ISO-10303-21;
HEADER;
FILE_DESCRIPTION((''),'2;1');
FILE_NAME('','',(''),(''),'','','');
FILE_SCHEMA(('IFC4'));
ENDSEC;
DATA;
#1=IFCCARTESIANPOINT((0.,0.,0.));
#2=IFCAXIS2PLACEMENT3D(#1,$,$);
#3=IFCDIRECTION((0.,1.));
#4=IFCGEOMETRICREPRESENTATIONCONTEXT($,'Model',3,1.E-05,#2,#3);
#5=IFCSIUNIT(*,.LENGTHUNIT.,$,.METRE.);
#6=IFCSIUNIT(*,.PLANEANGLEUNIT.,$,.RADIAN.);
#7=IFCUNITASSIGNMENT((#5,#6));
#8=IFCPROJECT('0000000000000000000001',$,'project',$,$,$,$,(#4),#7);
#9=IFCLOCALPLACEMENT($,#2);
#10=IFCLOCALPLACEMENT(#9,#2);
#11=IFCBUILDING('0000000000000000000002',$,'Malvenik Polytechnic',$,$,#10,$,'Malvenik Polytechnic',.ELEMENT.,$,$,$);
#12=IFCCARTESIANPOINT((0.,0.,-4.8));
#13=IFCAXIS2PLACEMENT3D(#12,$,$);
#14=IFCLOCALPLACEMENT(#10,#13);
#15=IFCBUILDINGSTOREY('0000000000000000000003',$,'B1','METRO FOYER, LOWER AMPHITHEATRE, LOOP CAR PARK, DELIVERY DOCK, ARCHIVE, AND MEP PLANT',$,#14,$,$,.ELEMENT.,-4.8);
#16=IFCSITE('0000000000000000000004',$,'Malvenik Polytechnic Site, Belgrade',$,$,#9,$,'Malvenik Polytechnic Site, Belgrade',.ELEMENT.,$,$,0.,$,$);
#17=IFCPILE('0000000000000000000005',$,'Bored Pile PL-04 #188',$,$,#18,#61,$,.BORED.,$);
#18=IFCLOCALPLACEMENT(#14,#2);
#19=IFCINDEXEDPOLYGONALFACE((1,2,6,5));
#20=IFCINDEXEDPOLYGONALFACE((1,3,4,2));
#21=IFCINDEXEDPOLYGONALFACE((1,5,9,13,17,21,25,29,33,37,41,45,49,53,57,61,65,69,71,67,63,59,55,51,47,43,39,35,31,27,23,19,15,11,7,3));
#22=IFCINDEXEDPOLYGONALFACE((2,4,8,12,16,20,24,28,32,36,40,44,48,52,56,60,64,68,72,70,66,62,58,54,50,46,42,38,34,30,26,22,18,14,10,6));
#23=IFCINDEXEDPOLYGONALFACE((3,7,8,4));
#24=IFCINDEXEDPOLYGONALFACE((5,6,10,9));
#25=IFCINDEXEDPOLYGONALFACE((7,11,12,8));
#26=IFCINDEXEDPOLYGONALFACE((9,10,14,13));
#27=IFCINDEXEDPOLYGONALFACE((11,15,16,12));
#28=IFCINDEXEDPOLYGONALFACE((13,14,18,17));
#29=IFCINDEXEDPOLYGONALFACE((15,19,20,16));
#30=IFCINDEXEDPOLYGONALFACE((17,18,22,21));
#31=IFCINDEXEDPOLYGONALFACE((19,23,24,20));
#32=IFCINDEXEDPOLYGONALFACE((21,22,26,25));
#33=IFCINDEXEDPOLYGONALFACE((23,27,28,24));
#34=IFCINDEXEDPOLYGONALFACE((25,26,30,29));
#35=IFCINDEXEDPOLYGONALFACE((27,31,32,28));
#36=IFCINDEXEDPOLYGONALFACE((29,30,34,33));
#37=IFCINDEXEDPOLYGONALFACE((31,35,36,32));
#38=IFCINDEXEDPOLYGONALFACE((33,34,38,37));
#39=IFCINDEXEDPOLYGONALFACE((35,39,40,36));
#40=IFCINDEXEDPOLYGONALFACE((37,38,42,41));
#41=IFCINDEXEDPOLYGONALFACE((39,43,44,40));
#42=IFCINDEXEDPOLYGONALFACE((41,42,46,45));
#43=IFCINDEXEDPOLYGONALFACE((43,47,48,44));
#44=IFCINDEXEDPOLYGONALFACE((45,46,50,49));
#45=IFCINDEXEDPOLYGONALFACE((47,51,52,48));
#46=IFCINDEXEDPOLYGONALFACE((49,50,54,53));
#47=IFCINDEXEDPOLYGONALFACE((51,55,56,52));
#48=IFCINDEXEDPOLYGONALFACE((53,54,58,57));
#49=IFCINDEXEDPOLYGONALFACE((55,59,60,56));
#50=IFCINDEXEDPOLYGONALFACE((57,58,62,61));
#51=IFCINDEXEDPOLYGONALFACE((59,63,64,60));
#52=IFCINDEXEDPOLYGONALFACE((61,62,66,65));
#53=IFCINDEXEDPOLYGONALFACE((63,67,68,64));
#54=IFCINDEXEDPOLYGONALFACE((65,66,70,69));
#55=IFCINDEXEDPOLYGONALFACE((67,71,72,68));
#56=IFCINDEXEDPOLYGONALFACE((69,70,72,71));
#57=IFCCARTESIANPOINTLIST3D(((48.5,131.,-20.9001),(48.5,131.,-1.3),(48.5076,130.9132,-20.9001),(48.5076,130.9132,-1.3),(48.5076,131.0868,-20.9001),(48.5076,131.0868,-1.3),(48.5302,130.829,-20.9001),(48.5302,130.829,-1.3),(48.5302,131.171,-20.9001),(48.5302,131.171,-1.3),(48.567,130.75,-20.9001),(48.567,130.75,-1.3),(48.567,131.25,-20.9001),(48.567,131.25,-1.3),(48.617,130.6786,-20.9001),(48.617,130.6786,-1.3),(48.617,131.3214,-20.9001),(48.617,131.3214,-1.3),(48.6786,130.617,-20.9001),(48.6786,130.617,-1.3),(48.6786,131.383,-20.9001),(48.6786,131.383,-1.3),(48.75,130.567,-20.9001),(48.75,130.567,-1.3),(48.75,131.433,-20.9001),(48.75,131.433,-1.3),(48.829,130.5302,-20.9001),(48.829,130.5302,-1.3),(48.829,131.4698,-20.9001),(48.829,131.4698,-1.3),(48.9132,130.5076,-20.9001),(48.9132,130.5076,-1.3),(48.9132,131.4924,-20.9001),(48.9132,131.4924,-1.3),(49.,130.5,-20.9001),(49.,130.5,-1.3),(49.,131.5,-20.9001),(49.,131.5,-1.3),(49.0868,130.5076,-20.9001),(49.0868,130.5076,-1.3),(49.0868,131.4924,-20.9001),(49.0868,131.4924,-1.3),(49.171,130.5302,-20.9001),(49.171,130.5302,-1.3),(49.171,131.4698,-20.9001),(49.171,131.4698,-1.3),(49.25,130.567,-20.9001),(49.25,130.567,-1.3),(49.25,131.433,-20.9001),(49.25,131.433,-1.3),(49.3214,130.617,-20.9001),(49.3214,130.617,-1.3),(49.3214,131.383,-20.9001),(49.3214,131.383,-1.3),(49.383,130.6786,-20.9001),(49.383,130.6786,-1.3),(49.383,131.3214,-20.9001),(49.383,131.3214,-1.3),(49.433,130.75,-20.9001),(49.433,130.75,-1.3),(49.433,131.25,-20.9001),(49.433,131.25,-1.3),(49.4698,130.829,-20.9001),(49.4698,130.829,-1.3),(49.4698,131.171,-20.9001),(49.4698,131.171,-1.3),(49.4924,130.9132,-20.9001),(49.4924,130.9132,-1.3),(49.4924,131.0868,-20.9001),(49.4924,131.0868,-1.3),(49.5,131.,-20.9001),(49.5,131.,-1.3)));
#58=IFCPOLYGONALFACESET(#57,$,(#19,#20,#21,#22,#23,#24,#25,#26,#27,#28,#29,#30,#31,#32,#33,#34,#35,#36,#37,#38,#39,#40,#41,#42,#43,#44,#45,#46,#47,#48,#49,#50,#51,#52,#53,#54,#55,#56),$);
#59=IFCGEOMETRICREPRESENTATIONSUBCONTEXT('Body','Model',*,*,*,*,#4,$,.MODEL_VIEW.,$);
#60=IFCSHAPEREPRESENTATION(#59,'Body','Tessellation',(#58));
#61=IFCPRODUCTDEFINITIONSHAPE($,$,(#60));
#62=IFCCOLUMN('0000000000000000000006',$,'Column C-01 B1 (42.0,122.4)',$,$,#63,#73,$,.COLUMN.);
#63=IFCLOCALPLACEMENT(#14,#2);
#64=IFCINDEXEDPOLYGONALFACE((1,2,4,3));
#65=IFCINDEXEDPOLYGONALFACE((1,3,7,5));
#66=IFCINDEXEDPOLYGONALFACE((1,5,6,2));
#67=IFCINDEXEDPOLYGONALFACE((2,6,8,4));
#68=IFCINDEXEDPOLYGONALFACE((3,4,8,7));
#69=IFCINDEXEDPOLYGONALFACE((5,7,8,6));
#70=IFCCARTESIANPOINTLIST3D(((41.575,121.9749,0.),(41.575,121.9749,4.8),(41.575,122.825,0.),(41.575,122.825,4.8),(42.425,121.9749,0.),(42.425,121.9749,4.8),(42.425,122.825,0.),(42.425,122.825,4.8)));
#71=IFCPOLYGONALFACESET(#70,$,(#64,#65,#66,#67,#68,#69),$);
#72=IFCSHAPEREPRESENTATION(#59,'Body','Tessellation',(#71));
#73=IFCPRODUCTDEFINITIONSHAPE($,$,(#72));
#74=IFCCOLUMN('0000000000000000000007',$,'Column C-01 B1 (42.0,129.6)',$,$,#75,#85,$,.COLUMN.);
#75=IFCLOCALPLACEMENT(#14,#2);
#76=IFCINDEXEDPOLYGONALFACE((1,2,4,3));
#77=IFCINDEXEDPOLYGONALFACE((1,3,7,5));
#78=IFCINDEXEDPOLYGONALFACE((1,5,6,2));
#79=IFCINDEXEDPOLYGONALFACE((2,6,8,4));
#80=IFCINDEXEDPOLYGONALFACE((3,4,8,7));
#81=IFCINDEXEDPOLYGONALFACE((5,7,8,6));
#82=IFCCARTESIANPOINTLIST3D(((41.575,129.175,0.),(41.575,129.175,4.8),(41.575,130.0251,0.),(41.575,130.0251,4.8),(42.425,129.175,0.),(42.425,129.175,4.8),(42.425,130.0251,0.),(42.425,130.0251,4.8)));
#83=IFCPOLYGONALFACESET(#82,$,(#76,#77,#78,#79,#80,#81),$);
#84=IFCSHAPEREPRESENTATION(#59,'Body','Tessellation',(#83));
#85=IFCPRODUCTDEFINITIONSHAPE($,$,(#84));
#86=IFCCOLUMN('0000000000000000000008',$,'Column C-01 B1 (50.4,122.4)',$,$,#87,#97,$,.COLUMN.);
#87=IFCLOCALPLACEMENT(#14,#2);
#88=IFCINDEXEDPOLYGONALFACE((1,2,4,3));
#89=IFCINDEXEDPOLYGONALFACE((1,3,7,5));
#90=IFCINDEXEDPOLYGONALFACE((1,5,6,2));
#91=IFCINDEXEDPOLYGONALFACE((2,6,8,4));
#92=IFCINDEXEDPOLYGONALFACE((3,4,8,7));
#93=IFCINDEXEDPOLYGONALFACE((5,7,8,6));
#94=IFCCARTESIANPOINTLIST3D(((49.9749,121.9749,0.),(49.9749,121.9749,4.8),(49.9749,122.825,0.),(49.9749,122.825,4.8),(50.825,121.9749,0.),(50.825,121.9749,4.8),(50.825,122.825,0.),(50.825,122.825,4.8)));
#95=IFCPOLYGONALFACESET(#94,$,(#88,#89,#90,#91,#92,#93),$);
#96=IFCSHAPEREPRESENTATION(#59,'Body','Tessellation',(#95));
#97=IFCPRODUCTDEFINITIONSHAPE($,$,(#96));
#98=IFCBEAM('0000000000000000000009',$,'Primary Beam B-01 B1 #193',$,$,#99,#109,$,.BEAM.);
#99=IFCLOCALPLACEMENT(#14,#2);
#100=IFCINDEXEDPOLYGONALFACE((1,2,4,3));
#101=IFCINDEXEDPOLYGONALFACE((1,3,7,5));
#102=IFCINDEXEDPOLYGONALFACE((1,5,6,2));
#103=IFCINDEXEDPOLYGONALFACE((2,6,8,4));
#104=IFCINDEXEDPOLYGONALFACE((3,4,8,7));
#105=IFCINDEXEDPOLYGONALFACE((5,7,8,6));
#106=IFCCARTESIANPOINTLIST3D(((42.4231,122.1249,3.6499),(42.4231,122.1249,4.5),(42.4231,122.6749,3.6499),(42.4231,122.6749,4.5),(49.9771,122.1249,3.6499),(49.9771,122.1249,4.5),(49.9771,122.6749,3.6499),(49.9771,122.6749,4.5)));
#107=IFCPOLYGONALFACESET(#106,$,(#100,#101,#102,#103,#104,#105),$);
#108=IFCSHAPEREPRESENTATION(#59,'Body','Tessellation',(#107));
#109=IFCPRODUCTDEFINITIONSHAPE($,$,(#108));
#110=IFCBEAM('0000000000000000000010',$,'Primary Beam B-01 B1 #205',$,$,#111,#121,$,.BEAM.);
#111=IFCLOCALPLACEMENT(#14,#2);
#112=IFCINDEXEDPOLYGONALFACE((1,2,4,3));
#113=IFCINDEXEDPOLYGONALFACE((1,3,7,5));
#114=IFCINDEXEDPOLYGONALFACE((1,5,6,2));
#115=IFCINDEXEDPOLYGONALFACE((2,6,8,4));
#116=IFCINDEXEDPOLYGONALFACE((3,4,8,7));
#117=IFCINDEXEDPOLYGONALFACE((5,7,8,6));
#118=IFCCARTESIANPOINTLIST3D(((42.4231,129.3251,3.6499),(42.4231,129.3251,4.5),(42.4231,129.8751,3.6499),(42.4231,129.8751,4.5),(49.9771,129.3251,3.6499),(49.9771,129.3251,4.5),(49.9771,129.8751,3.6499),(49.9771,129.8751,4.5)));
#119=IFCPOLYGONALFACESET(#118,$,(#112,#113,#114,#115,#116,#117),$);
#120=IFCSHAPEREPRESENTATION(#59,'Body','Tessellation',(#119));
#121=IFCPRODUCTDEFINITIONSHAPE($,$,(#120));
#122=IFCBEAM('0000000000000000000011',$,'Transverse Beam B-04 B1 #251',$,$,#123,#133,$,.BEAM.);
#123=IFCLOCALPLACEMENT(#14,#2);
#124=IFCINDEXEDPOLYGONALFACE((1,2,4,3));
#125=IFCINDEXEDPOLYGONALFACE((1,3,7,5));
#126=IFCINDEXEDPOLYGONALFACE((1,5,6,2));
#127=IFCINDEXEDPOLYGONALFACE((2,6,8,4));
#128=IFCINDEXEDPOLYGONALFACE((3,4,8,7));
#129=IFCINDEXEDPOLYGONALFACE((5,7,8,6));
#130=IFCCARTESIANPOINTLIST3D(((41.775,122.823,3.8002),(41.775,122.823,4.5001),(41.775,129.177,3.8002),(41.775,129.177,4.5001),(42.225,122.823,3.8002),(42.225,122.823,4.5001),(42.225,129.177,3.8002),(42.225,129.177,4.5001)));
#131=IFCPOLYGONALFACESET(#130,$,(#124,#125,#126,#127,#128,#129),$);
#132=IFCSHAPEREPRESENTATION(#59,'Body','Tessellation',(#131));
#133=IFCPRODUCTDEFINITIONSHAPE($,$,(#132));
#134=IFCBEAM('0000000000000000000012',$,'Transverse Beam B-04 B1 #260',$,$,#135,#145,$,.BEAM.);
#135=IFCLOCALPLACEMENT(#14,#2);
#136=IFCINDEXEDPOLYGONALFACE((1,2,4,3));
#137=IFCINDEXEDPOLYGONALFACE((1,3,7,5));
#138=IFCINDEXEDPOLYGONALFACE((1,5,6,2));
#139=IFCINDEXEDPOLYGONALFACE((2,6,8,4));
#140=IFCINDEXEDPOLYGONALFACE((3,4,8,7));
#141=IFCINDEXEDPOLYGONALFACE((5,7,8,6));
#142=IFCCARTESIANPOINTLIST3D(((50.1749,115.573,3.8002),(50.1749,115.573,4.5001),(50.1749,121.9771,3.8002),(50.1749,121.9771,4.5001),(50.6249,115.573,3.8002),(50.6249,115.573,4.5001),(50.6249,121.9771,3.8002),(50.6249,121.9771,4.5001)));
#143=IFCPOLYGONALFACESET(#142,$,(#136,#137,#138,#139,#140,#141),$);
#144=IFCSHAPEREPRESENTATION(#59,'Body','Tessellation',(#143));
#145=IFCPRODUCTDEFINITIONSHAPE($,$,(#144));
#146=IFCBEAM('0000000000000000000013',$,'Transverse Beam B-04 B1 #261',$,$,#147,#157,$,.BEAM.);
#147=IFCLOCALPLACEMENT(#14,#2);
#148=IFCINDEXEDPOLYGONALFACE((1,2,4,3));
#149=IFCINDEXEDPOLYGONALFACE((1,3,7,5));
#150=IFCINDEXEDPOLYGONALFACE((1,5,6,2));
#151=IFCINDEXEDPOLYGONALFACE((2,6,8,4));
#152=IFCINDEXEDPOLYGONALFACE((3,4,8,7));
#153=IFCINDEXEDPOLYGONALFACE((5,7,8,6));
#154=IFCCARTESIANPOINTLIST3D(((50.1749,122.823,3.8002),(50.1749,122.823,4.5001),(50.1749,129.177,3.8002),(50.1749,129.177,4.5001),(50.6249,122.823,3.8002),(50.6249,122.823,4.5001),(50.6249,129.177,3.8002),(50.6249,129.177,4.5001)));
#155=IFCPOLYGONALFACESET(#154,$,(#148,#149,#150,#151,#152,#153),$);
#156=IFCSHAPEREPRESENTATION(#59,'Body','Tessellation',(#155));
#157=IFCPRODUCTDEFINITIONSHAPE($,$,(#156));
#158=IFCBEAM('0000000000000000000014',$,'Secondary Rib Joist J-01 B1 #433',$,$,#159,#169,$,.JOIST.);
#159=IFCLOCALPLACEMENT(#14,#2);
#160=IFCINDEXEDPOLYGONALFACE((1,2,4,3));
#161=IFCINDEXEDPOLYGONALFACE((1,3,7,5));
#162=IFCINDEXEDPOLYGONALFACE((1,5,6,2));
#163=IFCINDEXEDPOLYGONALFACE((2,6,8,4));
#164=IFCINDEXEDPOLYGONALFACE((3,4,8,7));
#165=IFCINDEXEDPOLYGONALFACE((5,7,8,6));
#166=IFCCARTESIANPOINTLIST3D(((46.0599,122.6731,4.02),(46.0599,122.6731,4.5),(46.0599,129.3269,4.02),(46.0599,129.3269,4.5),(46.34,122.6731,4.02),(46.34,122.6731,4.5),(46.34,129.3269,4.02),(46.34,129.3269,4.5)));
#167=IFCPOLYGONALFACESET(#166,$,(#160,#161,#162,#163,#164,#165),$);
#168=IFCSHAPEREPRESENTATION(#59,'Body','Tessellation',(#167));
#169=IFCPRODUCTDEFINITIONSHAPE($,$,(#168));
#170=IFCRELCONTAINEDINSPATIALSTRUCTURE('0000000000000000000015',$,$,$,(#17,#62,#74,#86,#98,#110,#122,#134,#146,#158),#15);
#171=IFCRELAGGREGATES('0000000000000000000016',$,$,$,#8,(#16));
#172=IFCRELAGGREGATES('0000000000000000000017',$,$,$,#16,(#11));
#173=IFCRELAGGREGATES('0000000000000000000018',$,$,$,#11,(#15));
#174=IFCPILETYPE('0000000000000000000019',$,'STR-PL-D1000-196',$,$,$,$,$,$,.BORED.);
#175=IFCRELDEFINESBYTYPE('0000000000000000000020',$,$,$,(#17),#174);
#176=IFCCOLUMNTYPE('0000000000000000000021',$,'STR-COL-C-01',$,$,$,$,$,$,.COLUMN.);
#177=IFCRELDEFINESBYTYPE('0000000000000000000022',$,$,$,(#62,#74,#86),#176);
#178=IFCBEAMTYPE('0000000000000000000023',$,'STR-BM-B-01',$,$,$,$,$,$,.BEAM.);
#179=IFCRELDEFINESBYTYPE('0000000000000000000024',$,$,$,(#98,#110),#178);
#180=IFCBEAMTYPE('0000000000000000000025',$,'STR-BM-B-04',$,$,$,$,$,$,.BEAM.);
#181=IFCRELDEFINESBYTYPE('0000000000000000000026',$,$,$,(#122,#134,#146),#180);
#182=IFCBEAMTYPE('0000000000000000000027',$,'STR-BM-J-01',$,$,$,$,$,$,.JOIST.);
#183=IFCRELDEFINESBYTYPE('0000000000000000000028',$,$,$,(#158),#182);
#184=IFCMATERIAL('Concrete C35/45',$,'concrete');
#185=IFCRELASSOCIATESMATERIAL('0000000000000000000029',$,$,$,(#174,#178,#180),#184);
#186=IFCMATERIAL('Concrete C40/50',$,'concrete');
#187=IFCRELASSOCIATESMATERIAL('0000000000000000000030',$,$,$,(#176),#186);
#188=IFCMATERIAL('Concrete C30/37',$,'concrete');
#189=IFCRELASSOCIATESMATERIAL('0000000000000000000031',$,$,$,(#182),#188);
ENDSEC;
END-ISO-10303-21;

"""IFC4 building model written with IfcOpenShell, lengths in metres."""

from ifc_helpers import new_model, si_unit, direction, frame, origin, origin_2d, place, context, subcontext, project, spatial, rectangle, circle, extrude, material, material_profile, profile_set, type_object, element, save


model = new_model("IFC4")

# Units and contexts
model_context = context("Model", 3, precision=1e-05, world=origin(), true_north=direction((0.0, 1.0)))
body_context = subcontext(model_context, "Body", "Model", "MODEL_VIEW")
ifc_project = project(units=[si_unit("LENGTHUNIT", "METRE"), si_unit("PLANEANGLEUNIT", "RADIAN")], contexts=[model_context])

# Site, building, storey
site_placement = place(None, origin())
site = spatial("IfcSite", under=ifc_project, at=site_placement, Name="Malvenik Polytechnic Site, Belgrade", LongName="Malvenik Polytechnic Site, Belgrade", CompositionType="ELEMENT", RefElevation=0.0)
building_placement = place(site_placement, origin())
building = spatial("IfcBuilding", under=site, at=building_placement, Name="Malvenik Polytechnic", LongName="Malvenik Polytechnic", CompositionType="ELEMENT")
storey_placement = place(building_placement, frame((0.0, 0.0, -4.8)))
storey = spatial("IfcBuildingStorey", under=building, at=storey_placement, Name="B1", Description="METRO FOYER, LOWER AMPHITHEATRE, LOOP CAR PARK, DELIVERY DOCK, ARCHIVE, AND MEP PLANT", CompositionType="ELEMENT", Elevation=-4.8)

# Shared definitions
ifc_material_1 = material(Name="Concrete C35/45", Category="concrete")

# Pile
ifc_material_profile_1 = material_profile(ifc_material_1, circle(Radius=0.5, at=origin_2d()), Name="BORED PILE D1000")
ifc_profile_set_1 = profile_set([ifc_material_profile_1], Name="Concrete C35/45")
pile_type = type_object("IfcPileType", Name="STR-PL-D1000-196", PredefinedType="BORED", material=ifc_profile_set_1)
for number, where, z_axis, x_axis, name in (
    (1, (49.0, 131.0, -1.3), (0.0, 0.0, -1.0), (1.0, 0.0, 0.0), "Bored Pile PL-04 #188"),
):
    element("IfcPile", number, at=place(storey_placement, frame(where, z_axis=z_axis, x_axis=x_axis)), inside=storey, type_object=pile_type, Name=name, PredefinedType="BORED", context=body_context, shape_type="SweptSolid", body=[
        extrude(circle(Radius=0.5, at=origin_2d()), origin(), (0.0, 0.0, 1.0), 19.6001),
    ])

# Columns
ifc_material_2 = material(Name="Concrete C40/50", Category="concrete")
ifc_material_profile_2 = material_profile(ifc_material_2, rectangle(XDim=0.8501, YDim=0.8501, at=origin_2d()), Name="RC COL 850x850")
ifc_profile_set_2 = profile_set([ifc_material_profile_2], Name="Concrete C40/50")
column_type = type_object("IfcColumnType", Name="STR-COL-C-01", PredefinedType="COLUMN", material=ifc_profile_set_2)
for number, where, z_axis, x_axis, name in (
    (2, (42.0, 122.3999, 0.0), (0.0, 0.0, 1.0), (1.0, 0.0, 0.0), "Column C-01 B1 (42.0,122.4)"),
    (3, (42.0, 129.6001, 0.0), (0.0, 0.0, 1.0), (1.0, 0.0, 0.0), "Column C-01 B1 (42.0,129.6)"),
    (4, (50.3999, 122.3999, 0.0), (0.0, 0.0, 1.0), (1.0, 0.0, 0.0), "Column C-01 B1 (50.4,122.4)"),
):
    element("IfcColumn", number, at=place(storey_placement, frame(where, z_axis=z_axis, x_axis=x_axis)), inside=storey, type_object=column_type, Name=name, PredefinedType="COLUMN", context=body_context, shape_type="SweptSolid", body=[
        extrude(rectangle(XDim=0.8501, YDim=0.8501, at=origin_2d()), origin(), (0.0, 0.0, 1.0), 4.8),
    ])

# Beams
ifc_material_profile_3 = material_profile(ifc_material_1, rectangle(XDim=0.55, YDim=0.8501, at=origin_2d()), Name="RC BM 550x850")
ifc_profile_set_3 = profile_set([ifc_material_profile_3], Name="Concrete C35/45")
beam_type_1 = type_object("IfcBeamType", Name="STR-BM-B-01", PredefinedType="BEAM", material=ifc_profile_set_3)
for number, where, z_axis, x_axis, name in (
    (5, (42.4231, 122.3999, 4.075), (1.0, 0.0, 0.0), (0.0, 1.0, 0.0), "Primary Beam B-01 B1 #193"),
    (6, (42.4231, 129.6001, 4.075), (1.0, 0.0, 0.0), (0.0, 1.0, 0.0), "Primary Beam B-01 B1 #205"),
):
    element("IfcBeam", number, at=place(storey_placement, frame(where, z_axis=z_axis, x_axis=x_axis)), inside=storey, type_object=beam_type_1, Name=name, PredefinedType="BEAM", context=body_context, shape_type="SweptSolid", body=[
        extrude(rectangle(XDim=0.55, YDim=0.8501, at=origin_2d()), origin(), (0.0, 0.0, 1.0), 7.554),
    ])
ifc_material_profile_4 = material_profile(ifc_material_1, rectangle(XDim=0.45, YDim=0.7, at=origin_2d()), Name="RC BM 450x700")
ifc_profile_set_4 = profile_set([ifc_material_profile_4], Name="Concrete C35/45")
beam_type_2 = type_object("IfcBeamType", Name="STR-BM-B-04", PredefinedType="BEAM", material=ifc_profile_set_4)
beam_1_placement = place(storey_placement, frame((42.0, 122.823, 4.1501), z_axis=(0.0, 1.0, 0.0), x_axis=(-1.0, 0.0, 0.0)))
element("IfcBeam", 7, at=beam_1_placement, inside=storey, type_object=beam_type_2, Name="Transverse Beam B-04 B1 #251", PredefinedType="BEAM", context=body_context, shape_type="SweptSolid", body=[
    extrude(rectangle(XDim=0.45, YDim=0.7, at=origin_2d()), origin(), (0.0, 0.0, 1.0), 6.354),
])
beam_2_placement = place(storey_placement, frame((50.3999, 115.573, 4.1501), z_axis=(0.0, 1.0, 0.0), x_axis=(-1.0, 0.0, 0.0)))
element("IfcBeam", 8, at=beam_2_placement, inside=storey, type_object=beam_type_2, Name="Transverse Beam B-04 B1 #260", PredefinedType="BEAM", context=body_context, shape_type="SweptSolid", body=[
    extrude(rectangle(XDim=0.45, YDim=0.7, at=origin_2d()), origin(), (0.0, 0.0, 1.0), 6.4041),
])
beam_3_placement = place(storey_placement, frame((50.3999, 122.823, 4.1501), z_axis=(0.0, 1.0, 0.0), x_axis=(-1.0, 0.0, 0.0)))
element("IfcBeam", 9, at=beam_3_placement, inside=storey, type_object=beam_type_2, Name="Transverse Beam B-04 B1 #261", PredefinedType="BEAM", context=body_context, shape_type="SweptSolid", body=[
    extrude(rectangle(XDim=0.45, YDim=0.7, at=origin_2d()), origin(), (0.0, 0.0, 1.0), 6.354),
])
ifc_material_3 = material(Name="Concrete C30/37", Category="concrete")
ifc_material_profile_5 = material_profile(ifc_material_3, rectangle(XDim=0.28, YDim=0.48, at=origin_2d()), Name="RC JST 280x480")
ifc_profile_set_5 = profile_set([ifc_material_profile_5], Name="Concrete C30/37")
beam_type_3 = type_object("IfcBeamType", Name="STR-BM-J-01", PredefinedType="JOIST", material=ifc_profile_set_5)
beam_4_placement = place(storey_placement, frame((46.2, 122.6731, 4.26), z_axis=(0.0, 1.0, 0.0), x_axis=(-1.0, 0.0, 0.0)))
element("IfcBeam", 10, at=beam_4_placement, inside=storey, type_object=beam_type_3, Name="Secondary Rib Joist J-01 B1 #433", PredefinedType="JOIST", context=body_context, shape_type="SweptSolid", body=[
    extrude(rectangle(XDim=0.28, YDim=0.48, at=origin_2d()), origin(), (0.0, 0.0, 1.0), 6.6538),
])

save(model, "model.ifc")
